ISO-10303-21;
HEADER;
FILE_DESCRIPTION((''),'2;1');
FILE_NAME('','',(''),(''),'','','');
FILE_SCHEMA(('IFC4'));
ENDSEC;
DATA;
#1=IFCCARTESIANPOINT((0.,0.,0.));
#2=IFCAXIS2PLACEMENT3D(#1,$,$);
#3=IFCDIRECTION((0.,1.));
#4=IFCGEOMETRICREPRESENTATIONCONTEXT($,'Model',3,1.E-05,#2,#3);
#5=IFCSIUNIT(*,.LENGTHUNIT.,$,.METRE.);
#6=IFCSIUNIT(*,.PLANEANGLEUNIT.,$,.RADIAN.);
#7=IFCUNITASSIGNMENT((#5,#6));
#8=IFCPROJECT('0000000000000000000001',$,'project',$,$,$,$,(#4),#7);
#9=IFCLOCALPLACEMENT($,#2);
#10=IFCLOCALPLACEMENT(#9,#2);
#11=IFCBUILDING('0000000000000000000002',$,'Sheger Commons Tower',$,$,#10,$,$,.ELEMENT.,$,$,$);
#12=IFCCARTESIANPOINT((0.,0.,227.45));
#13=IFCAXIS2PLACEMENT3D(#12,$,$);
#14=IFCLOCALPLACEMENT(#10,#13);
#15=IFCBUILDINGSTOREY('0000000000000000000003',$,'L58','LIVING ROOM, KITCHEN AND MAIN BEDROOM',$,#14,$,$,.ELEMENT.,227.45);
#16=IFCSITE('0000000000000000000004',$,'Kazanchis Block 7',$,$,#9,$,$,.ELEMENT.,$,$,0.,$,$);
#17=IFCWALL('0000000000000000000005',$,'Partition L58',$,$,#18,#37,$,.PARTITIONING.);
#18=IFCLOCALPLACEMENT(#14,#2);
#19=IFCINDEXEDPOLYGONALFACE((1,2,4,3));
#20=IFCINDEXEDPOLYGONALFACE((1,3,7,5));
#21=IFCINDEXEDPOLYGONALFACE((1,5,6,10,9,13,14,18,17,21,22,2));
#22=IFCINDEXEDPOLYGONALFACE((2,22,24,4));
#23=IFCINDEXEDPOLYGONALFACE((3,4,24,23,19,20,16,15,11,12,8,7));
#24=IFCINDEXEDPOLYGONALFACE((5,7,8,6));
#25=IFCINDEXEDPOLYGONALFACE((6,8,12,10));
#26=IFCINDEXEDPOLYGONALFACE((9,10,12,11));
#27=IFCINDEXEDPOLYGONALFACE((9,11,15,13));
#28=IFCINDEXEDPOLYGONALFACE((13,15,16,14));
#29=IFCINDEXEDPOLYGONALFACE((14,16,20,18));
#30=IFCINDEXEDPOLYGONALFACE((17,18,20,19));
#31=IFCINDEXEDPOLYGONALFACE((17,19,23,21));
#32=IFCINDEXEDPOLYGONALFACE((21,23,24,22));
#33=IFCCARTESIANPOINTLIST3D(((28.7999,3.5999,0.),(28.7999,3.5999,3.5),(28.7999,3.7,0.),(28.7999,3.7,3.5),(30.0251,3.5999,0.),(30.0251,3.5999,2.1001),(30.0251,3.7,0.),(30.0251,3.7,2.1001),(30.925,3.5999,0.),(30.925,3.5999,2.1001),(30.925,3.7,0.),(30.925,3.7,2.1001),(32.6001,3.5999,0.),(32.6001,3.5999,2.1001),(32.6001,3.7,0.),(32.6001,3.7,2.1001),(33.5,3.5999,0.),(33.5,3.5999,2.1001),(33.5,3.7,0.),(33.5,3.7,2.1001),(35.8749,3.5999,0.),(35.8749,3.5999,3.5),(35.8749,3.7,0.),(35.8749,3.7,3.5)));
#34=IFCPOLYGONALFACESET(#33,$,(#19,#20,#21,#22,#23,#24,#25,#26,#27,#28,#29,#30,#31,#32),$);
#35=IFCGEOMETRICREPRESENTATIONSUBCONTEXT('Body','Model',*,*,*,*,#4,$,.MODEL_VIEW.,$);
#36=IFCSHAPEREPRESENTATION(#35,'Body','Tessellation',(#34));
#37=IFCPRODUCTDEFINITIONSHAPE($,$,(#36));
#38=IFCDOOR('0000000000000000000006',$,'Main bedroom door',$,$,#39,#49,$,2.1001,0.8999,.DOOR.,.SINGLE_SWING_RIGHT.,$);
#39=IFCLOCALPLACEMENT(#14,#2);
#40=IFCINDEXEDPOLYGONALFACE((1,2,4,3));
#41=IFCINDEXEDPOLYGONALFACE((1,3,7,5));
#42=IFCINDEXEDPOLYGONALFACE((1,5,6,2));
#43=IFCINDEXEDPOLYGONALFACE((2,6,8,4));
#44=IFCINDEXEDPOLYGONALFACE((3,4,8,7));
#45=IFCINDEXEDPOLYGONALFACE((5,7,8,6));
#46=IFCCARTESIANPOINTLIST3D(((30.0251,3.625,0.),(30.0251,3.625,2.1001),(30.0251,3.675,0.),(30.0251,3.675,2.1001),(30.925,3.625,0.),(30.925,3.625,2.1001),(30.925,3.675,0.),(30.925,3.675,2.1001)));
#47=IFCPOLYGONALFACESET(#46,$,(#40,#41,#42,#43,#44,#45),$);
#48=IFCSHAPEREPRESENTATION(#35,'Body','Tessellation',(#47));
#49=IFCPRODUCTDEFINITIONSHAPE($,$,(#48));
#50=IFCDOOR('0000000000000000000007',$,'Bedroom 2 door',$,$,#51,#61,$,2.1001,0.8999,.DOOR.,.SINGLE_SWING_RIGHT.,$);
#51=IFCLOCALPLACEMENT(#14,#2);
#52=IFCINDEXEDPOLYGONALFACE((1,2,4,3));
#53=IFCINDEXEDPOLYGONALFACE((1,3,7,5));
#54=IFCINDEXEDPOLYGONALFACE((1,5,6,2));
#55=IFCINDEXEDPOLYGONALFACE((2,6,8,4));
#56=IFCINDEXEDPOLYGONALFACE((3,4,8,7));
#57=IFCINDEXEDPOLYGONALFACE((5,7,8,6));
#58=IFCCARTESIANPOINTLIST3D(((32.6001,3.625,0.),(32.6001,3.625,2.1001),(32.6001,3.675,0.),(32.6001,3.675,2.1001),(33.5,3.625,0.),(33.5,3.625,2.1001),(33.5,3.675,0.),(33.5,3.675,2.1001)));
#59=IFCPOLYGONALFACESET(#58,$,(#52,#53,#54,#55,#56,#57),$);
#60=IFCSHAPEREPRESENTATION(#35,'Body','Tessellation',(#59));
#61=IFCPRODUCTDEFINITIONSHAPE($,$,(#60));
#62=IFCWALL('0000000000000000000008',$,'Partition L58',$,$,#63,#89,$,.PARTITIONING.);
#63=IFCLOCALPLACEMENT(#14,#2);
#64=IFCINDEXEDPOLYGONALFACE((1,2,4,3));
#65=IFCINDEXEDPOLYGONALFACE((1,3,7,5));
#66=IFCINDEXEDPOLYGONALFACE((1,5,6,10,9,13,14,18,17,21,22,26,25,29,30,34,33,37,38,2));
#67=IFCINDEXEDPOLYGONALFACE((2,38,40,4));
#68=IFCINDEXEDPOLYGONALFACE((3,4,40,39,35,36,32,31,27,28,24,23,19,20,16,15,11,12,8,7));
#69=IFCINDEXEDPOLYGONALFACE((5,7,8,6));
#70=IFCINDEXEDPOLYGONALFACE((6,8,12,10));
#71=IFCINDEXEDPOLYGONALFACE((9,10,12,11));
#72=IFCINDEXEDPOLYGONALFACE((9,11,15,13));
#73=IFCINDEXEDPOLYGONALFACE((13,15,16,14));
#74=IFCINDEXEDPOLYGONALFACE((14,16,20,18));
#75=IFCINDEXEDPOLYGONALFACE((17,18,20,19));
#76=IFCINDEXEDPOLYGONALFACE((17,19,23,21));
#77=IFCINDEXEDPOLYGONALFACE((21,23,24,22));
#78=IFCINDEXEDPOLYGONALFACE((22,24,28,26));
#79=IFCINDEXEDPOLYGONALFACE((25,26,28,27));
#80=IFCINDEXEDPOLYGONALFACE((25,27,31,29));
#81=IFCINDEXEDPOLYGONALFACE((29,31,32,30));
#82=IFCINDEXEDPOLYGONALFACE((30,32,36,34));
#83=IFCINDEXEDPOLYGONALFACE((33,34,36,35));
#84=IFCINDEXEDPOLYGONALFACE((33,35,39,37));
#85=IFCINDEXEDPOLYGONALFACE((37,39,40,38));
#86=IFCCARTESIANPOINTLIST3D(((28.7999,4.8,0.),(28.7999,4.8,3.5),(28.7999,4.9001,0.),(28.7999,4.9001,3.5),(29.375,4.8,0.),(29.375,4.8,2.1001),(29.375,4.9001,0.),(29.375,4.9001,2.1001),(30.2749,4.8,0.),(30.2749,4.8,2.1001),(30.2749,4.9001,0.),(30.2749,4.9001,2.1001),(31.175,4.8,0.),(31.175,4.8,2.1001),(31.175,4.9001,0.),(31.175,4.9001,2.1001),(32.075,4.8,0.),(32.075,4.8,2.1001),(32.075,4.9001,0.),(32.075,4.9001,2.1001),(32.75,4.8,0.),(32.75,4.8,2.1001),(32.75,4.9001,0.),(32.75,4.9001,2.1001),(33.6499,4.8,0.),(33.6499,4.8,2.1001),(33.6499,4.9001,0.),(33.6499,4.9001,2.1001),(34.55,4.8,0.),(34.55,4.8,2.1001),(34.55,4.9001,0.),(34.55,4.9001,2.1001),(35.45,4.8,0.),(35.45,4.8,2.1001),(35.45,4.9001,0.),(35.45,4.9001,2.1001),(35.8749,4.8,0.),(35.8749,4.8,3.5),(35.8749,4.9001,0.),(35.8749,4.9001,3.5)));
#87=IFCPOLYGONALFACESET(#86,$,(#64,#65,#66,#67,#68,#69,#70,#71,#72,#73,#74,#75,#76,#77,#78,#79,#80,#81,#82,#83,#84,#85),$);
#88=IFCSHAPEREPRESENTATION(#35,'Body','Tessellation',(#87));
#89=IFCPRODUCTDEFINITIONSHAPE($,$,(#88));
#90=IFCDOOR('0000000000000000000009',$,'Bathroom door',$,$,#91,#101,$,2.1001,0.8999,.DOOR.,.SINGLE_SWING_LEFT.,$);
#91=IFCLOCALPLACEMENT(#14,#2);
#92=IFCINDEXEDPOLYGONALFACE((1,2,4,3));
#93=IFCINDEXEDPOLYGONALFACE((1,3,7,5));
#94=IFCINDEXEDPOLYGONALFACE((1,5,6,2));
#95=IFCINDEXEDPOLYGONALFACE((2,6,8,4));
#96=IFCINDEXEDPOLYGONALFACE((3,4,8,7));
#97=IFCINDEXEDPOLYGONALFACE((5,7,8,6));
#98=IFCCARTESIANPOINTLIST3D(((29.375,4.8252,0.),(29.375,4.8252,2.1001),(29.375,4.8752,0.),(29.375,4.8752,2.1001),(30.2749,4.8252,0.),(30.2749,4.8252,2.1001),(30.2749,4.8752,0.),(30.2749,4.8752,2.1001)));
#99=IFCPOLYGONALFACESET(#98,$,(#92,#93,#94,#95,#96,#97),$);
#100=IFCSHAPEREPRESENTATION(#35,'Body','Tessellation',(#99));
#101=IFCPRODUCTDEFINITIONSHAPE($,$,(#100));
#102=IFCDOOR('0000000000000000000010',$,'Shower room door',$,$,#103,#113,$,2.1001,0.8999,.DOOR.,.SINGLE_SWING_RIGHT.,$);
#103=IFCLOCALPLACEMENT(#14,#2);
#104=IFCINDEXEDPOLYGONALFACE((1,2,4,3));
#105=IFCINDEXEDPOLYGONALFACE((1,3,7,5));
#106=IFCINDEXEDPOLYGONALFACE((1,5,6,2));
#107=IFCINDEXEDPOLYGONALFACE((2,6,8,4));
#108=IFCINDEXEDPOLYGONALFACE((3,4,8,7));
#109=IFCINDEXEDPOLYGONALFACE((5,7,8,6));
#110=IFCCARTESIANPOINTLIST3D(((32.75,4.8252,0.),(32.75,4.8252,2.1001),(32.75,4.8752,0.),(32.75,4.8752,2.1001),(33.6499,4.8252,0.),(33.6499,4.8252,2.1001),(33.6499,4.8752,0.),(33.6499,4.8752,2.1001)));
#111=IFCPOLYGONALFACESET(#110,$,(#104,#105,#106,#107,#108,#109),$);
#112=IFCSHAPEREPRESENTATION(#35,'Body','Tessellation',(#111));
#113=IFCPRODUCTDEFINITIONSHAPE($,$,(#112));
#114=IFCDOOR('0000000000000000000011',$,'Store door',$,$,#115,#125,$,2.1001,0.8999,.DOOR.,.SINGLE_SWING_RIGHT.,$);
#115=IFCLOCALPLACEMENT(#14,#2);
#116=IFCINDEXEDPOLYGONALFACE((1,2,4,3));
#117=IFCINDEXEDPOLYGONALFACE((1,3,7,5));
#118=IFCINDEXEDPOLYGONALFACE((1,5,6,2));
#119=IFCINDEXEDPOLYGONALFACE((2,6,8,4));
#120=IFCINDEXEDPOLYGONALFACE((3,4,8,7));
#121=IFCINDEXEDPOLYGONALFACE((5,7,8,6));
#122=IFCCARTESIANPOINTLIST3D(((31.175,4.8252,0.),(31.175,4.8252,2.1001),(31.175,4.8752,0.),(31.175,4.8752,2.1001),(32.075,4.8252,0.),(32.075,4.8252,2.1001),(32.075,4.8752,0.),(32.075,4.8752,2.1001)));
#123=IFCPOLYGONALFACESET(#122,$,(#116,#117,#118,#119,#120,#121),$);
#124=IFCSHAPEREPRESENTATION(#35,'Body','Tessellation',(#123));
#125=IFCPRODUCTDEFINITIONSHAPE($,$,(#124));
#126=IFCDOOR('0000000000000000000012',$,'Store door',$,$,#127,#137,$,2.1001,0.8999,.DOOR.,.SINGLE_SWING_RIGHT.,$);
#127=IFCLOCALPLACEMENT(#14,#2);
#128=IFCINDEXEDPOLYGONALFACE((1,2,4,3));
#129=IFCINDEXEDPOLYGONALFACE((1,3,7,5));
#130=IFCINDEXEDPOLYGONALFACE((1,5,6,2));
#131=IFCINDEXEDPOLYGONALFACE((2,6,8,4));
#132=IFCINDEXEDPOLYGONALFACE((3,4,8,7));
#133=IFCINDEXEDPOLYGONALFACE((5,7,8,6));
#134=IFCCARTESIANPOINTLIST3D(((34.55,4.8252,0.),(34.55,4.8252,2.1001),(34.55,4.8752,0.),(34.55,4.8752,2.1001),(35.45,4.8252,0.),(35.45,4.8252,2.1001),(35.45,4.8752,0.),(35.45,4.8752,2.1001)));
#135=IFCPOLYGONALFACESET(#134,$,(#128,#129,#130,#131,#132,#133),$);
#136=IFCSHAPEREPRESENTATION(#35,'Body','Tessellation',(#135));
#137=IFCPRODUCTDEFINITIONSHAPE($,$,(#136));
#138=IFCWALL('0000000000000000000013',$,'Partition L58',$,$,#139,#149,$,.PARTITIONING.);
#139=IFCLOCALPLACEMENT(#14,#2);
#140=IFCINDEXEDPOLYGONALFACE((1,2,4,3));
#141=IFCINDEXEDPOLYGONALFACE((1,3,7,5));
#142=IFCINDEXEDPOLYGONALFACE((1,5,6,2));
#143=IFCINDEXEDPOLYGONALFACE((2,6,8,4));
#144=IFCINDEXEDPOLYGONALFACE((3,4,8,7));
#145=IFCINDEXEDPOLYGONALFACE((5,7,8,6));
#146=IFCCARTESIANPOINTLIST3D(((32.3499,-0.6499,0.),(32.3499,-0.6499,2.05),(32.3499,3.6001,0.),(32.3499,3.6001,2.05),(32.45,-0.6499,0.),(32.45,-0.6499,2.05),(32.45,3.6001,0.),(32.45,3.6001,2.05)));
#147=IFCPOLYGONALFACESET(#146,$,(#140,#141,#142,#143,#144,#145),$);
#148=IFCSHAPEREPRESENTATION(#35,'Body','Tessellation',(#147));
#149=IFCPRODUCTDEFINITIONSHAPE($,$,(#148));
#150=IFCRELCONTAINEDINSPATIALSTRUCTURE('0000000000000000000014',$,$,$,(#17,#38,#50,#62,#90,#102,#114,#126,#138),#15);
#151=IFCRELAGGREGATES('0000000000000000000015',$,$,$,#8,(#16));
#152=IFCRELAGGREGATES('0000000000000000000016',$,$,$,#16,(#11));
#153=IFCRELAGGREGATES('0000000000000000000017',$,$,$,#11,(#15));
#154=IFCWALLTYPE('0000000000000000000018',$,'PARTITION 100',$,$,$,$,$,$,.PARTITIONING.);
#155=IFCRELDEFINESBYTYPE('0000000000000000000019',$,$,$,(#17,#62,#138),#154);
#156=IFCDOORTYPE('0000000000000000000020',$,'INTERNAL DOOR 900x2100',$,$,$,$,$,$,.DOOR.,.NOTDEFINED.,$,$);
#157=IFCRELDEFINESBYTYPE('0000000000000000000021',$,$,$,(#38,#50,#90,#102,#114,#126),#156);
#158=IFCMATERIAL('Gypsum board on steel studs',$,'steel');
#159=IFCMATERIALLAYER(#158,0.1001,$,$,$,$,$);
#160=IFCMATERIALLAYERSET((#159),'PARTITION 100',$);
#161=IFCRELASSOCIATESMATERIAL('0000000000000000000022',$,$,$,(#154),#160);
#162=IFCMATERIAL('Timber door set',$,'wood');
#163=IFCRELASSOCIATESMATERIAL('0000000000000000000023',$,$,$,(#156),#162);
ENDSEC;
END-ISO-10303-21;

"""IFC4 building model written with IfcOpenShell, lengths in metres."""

from ifc_helpers import new_model, si_unit, direction, frame, frame_2d, origin, place, context, subcontext, project, spatial, rectangle, extrude, material, layer, layer_set, type_object, element, fill, save


model = new_model("IFC4")

# Units and contexts
model_context = context("Model", 3, precision=1e-05, world=origin(), true_north=direction((0.0, 1.0)))
body_context = subcontext(model_context, "Body", "Model", "MODEL_VIEW")
ifc_project = project(units=[si_unit("LENGTHUNIT", "METRE"), si_unit("PLANEANGLEUNIT", "RADIAN")], contexts=[model_context])

# Site, building, storey
site_placement = place(None, origin())
site = spatial("IfcSite", under=ifc_project, at=site_placement, Name="Kazanchis Block 7", CompositionType="ELEMENT", RefElevation=0.0)
building_placement = place(site_placement, origin())
building = spatial("IfcBuilding", under=site, at=building_placement, Name="Sheger Commons Tower", CompositionType="ELEMENT")
storey_placement = place(building_placement, frame((0.0, 0.0, 227.45)))
storey = spatial("IfcBuildingStorey", under=building, at=storey_placement, Name="L58", Description="LIVING ROOM, KITCHEN AND MAIN BEDROOM", CompositionType="ELEMENT", Elevation=227.45)

# Walls, openings, doors
ifc_material_1 = material(Name="Gypsum board on steel studs", Category="steel")
ifc_layer_1 = layer(ifc_material_1, 0.1001)
ifc_layer_set_1 = layer_set([ifc_layer_1], Name="PARTITION 100")
wall_type_1 = type_object("IfcWallType", Name="PARTITION 100", PredefinedType="PARTITIONING", material=ifc_layer_set_1)
wall_1_placement = place(storey_placement, frame((35.875, 3.6499, 0.0), z_axis=(0.0, 0.0, 1.0), x_axis=(-1.0, 0.0, 0.0)))
wall_1 = element("IfcWall", 1, at=wall_1_placement, inside=storey, type_object=wall_type_1, Name="Partition L58", PredefinedType="PARTITIONING", context=body_context, shape_type="SweptSolid", body=[
    extrude(rectangle(XDim=7.075, YDim=0.1001, at=frame_2d((3.5376, 0.0))), origin(), (0.0, 0.0, 1.0), 3.5),
])
opening_1_placement = place(wall_1_placement, frame((4.95, 0.0, 0.0)))
opening_1 = element("IfcOpeningElement", 2, at=opening_1_placement, cuts=wall_1, PredefinedType="OPENING", context=body_context, shape_type="SweptSolid", body=[
    extrude(rectangle(XDim=0.8999, YDim=2.1001, at=frame_2d((0.45, 1.05))), frame((0.0, 0.0601, 0.0), z_axis=(0.0, -1.0, 0.0), x_axis=(1.0, 0.0, 0.0)), (0.0, 0.0, 1.0), 0.1201),
])
opening_2_placement = place(wall_1_placement, frame((2.375, 0.0, 0.0)))
opening_2 = element("IfcOpeningElement", 3, at=opening_2_placement, cuts=wall_1, PredefinedType="OPENING", context=body_context, shape_type="SweptSolid", body=[
    extrude(rectangle(XDim=0.8999, YDim=2.1001, at=frame_2d((0.45, 1.05))), frame((0.0, 0.0601, 0.0), z_axis=(0.0, -1.0, 0.0), x_axis=(1.0, 0.0, 0.0)), (0.0, 0.0, 1.0), 0.1201),
])
ifc_material_2 = material(Name="Timber door set", Category="wood")
door_type = type_object("IfcDoorType", Name="INTERNAL DOOR 900x2100", OperationType="NOTDEFINED", PredefinedType="DOOR", material=ifc_material_2)
door_1_placement = place(opening_1_placement, origin())
door_1 = element("IfcDoor", 4, at=door_1_placement, inside=storey, type_object=door_type, Name="Main bedroom door", OperationType="SINGLE_SWING_RIGHT", OverallHeight=2.1001, OverallWidth=0.8999, PredefinedType="DOOR", context=body_context, shape_type="SweptSolid", body=[
    extrude(rectangle(XDim=0.8999, YDim=2.1001, at=frame_2d((0.45, 1.05))), frame((0.0, 0.0249, 0.0), z_axis=(0.0, -1.0, 0.0), x_axis=(1.0, 0.0, 0.0)), (0.0, 0.0, 1.0), 0.05),
])
fill(opening_1, door_1)
door_2_placement = place(opening_2_placement, origin())
door_2 = element("IfcDoor", 5, at=door_2_placement, inside=storey, type_object=door_type, Name="Bedroom 2 door", OperationType="SINGLE_SWING_RIGHT", OverallHeight=2.1001, OverallWidth=0.8999, PredefinedType="DOOR", context=body_context, shape_type="SweptSolid", body=[
    extrude(rectangle(XDim=0.8999, YDim=2.1001, at=frame_2d((0.45, 1.05))), frame((0.0, 0.0249, 0.0), z_axis=(0.0, -1.0, 0.0), x_axis=(1.0, 0.0, 0.0)), (0.0, 0.0, 1.0), 0.05),
])
fill(opening_2, door_2)
wall_2_placement = place(storey_placement, frame((35.875, 4.8501, 0.0), z_axis=(0.0, 0.0, 1.0), x_axis=(-1.0, 0.0, 0.0)))
wall_2 = element("IfcWall", 6, at=wall_2_placement, inside=storey, type_object=wall_type_1, Name="Partition L58", PredefinedType="PARTITIONING", context=body_context, shape_type="SweptSolid", body=[
    extrude(rectangle(XDim=7.075, YDim=0.1001, at=frame_2d((3.5376, 0.0))), origin(), (0.0, 0.0, 1.0), 3.5),
])
opening_3_placement = place(wall_2_placement, frame((5.6001, 0.0, 0.0)))
opening_3 = element("IfcOpeningElement", 7, at=opening_3_placement, cuts=wall_2, PredefinedType="OPENING", context=body_context, shape_type="SweptSolid", body=[
    extrude(rectangle(XDim=0.8999, YDim=2.1001, at=frame_2d((0.45, 1.05))), frame((0.0, 0.0601, 0.0), z_axis=(0.0, -1.0, 0.0), x_axis=(1.0, 0.0, 0.0)), (0.0, 0.0, 1.0), 0.1201),
])
opening_4_placement = place(wall_2_placement, frame((2.2251, 0.0, 0.0)))
opening_4 = element("IfcOpeningElement", 8, at=opening_4_placement, cuts=wall_2, PredefinedType="OPENING", context=body_context, shape_type="SweptSolid", body=[
    extrude(rectangle(XDim=0.8999, YDim=2.1001, at=frame_2d((0.45, 1.05))), frame((0.0, 0.0601, 0.0), z_axis=(0.0, -1.0, 0.0), x_axis=(1.0, 0.0, 0.0)), (0.0, 0.0, 1.0), 0.1201),
])
opening_5_placement = place(wall_2_placement, frame((3.8, 0.0, 0.0)))
opening_5 = element("IfcOpeningElement", 9, at=opening_5_placement, cuts=wall_2, PredefinedType="OPENING", context=body_context, shape_type="SweptSolid", body=[
    extrude(rectangle(XDim=0.8999, YDim=2.1001, at=frame_2d((0.45, 1.05))), frame((0.0, 0.0601, 0.0), z_axis=(0.0, -1.0, 0.0), x_axis=(1.0, 0.0, 0.0)), (0.0, 0.0, 1.0), 0.1201),
])
opening_6_placement = place(wall_2_placement, frame((0.425, 0.0, 0.0)))
opening_6 = element("IfcOpeningElement", 10, at=opening_6_placement, cuts=wall_2, PredefinedType="OPENING", context=body_context, shape_type="SweptSolid", body=[
    extrude(rectangle(XDim=0.8999, YDim=2.1001, at=frame_2d((0.45, 1.05))), frame((0.0, 0.0601, 0.0), z_axis=(0.0, -1.0, 0.0), x_axis=(1.0, 0.0, 0.0)), (0.0, 0.0, 1.0), 0.1201),
])
door_3_placement = place(opening_3_placement, origin())
door_3 = element("IfcDoor", 11, at=door_3_placement, inside=storey, type_object=door_type, Name="Bathroom door", OperationType="SINGLE_SWING_LEFT", OverallHeight=2.1001, OverallWidth=0.8999, PredefinedType="DOOR", context=body_context, shape_type="SweptSolid", body=[
    extrude(rectangle(XDim=0.8999, YDim=2.1001, at=frame_2d((0.45, 1.05))), frame((0.0, 0.0249, 0.0), z_axis=(0.0, -1.0, 0.0), x_axis=(1.0, 0.0, 0.0)), (0.0, 0.0, 1.0), 0.05),
])
fill(opening_3, door_3)
door_4_placement = place(opening_4_placement, origin())
door_4 = element("IfcDoor", 12, at=door_4_placement, inside=storey, type_object=door_type, Name="Shower room door", OperationType="SINGLE_SWING_RIGHT", OverallHeight=2.1001, OverallWidth=0.8999, PredefinedType="DOOR", context=body_context, shape_type="SweptSolid", body=[
    extrude(rectangle(XDim=0.8999, YDim=2.1001, at=frame_2d((0.45, 1.05))), frame((0.0, 0.0249, 0.0), z_axis=(0.0, -1.0, 0.0), x_axis=(1.0, 0.0, 0.0)), (0.0, 0.0, 1.0), 0.05),
])
fill(opening_4, door_4)
door_5_placement = place(opening_5_placement, origin())
door_5 = element("IfcDoor", 13, at=door_5_placement, inside=storey, type_object=door_type, Name="Store door", OperationType="SINGLE_SWING_RIGHT", OverallHeight=2.1001, OverallWidth=0.8999, PredefinedType="DOOR", context=body_context, shape_type="SweptSolid", body=[
    extrude(rectangle(XDim=0.8999, YDim=2.1001, at=frame_2d((0.45, 1.05))), frame((0.0, 0.0249, 0.0), z_axis=(0.0, -1.0, 0.0), x_axis=(1.0, 0.0, 0.0)), (0.0, 0.0, 1.0), 0.05),
])
fill(opening_5, door_5)
door_6_placement = place(opening_6_placement, origin())
door_6 = element("IfcDoor", 14, at=door_6_placement, inside=storey, type_object=door_type, Name="Store door", OperationType="SINGLE_SWING_RIGHT", OverallHeight=2.1001, OverallWidth=0.8999, PredefinedType="DOOR", context=body_context, shape_type="SweptSolid", body=[
    extrude(rectangle(XDim=0.8999, YDim=2.1001, at=frame_2d((0.45, 1.05))), frame((0.0, 0.0249, 0.0), z_axis=(0.0, -1.0, 0.0), x_axis=(1.0, 0.0, 0.0)), (0.0, 0.0, 1.0), 0.05),
])
fill(opening_6, door_6)

# Wall
wall_3_placement = place(storey_placement, frame((32.3999, -0.6499, 0.0), z_axis=(0.0, 0.0, 1.0), x_axis=(0.0, 1.0, 0.0)))
element("IfcWall", 15, at=wall_3_placement, inside=storey, type_object=wall_type_1, Name="Partition L58", PredefinedType="PARTITIONING", context=body_context, shape_type="SweptSolid", body=[
    extrude(rectangle(XDim=4.25, YDim=0.1001, at=frame_2d((2.125, 0.0))), origin(), (0.0, 0.0, 1.0), 2.05),
])

save(model, "model.ifc")
